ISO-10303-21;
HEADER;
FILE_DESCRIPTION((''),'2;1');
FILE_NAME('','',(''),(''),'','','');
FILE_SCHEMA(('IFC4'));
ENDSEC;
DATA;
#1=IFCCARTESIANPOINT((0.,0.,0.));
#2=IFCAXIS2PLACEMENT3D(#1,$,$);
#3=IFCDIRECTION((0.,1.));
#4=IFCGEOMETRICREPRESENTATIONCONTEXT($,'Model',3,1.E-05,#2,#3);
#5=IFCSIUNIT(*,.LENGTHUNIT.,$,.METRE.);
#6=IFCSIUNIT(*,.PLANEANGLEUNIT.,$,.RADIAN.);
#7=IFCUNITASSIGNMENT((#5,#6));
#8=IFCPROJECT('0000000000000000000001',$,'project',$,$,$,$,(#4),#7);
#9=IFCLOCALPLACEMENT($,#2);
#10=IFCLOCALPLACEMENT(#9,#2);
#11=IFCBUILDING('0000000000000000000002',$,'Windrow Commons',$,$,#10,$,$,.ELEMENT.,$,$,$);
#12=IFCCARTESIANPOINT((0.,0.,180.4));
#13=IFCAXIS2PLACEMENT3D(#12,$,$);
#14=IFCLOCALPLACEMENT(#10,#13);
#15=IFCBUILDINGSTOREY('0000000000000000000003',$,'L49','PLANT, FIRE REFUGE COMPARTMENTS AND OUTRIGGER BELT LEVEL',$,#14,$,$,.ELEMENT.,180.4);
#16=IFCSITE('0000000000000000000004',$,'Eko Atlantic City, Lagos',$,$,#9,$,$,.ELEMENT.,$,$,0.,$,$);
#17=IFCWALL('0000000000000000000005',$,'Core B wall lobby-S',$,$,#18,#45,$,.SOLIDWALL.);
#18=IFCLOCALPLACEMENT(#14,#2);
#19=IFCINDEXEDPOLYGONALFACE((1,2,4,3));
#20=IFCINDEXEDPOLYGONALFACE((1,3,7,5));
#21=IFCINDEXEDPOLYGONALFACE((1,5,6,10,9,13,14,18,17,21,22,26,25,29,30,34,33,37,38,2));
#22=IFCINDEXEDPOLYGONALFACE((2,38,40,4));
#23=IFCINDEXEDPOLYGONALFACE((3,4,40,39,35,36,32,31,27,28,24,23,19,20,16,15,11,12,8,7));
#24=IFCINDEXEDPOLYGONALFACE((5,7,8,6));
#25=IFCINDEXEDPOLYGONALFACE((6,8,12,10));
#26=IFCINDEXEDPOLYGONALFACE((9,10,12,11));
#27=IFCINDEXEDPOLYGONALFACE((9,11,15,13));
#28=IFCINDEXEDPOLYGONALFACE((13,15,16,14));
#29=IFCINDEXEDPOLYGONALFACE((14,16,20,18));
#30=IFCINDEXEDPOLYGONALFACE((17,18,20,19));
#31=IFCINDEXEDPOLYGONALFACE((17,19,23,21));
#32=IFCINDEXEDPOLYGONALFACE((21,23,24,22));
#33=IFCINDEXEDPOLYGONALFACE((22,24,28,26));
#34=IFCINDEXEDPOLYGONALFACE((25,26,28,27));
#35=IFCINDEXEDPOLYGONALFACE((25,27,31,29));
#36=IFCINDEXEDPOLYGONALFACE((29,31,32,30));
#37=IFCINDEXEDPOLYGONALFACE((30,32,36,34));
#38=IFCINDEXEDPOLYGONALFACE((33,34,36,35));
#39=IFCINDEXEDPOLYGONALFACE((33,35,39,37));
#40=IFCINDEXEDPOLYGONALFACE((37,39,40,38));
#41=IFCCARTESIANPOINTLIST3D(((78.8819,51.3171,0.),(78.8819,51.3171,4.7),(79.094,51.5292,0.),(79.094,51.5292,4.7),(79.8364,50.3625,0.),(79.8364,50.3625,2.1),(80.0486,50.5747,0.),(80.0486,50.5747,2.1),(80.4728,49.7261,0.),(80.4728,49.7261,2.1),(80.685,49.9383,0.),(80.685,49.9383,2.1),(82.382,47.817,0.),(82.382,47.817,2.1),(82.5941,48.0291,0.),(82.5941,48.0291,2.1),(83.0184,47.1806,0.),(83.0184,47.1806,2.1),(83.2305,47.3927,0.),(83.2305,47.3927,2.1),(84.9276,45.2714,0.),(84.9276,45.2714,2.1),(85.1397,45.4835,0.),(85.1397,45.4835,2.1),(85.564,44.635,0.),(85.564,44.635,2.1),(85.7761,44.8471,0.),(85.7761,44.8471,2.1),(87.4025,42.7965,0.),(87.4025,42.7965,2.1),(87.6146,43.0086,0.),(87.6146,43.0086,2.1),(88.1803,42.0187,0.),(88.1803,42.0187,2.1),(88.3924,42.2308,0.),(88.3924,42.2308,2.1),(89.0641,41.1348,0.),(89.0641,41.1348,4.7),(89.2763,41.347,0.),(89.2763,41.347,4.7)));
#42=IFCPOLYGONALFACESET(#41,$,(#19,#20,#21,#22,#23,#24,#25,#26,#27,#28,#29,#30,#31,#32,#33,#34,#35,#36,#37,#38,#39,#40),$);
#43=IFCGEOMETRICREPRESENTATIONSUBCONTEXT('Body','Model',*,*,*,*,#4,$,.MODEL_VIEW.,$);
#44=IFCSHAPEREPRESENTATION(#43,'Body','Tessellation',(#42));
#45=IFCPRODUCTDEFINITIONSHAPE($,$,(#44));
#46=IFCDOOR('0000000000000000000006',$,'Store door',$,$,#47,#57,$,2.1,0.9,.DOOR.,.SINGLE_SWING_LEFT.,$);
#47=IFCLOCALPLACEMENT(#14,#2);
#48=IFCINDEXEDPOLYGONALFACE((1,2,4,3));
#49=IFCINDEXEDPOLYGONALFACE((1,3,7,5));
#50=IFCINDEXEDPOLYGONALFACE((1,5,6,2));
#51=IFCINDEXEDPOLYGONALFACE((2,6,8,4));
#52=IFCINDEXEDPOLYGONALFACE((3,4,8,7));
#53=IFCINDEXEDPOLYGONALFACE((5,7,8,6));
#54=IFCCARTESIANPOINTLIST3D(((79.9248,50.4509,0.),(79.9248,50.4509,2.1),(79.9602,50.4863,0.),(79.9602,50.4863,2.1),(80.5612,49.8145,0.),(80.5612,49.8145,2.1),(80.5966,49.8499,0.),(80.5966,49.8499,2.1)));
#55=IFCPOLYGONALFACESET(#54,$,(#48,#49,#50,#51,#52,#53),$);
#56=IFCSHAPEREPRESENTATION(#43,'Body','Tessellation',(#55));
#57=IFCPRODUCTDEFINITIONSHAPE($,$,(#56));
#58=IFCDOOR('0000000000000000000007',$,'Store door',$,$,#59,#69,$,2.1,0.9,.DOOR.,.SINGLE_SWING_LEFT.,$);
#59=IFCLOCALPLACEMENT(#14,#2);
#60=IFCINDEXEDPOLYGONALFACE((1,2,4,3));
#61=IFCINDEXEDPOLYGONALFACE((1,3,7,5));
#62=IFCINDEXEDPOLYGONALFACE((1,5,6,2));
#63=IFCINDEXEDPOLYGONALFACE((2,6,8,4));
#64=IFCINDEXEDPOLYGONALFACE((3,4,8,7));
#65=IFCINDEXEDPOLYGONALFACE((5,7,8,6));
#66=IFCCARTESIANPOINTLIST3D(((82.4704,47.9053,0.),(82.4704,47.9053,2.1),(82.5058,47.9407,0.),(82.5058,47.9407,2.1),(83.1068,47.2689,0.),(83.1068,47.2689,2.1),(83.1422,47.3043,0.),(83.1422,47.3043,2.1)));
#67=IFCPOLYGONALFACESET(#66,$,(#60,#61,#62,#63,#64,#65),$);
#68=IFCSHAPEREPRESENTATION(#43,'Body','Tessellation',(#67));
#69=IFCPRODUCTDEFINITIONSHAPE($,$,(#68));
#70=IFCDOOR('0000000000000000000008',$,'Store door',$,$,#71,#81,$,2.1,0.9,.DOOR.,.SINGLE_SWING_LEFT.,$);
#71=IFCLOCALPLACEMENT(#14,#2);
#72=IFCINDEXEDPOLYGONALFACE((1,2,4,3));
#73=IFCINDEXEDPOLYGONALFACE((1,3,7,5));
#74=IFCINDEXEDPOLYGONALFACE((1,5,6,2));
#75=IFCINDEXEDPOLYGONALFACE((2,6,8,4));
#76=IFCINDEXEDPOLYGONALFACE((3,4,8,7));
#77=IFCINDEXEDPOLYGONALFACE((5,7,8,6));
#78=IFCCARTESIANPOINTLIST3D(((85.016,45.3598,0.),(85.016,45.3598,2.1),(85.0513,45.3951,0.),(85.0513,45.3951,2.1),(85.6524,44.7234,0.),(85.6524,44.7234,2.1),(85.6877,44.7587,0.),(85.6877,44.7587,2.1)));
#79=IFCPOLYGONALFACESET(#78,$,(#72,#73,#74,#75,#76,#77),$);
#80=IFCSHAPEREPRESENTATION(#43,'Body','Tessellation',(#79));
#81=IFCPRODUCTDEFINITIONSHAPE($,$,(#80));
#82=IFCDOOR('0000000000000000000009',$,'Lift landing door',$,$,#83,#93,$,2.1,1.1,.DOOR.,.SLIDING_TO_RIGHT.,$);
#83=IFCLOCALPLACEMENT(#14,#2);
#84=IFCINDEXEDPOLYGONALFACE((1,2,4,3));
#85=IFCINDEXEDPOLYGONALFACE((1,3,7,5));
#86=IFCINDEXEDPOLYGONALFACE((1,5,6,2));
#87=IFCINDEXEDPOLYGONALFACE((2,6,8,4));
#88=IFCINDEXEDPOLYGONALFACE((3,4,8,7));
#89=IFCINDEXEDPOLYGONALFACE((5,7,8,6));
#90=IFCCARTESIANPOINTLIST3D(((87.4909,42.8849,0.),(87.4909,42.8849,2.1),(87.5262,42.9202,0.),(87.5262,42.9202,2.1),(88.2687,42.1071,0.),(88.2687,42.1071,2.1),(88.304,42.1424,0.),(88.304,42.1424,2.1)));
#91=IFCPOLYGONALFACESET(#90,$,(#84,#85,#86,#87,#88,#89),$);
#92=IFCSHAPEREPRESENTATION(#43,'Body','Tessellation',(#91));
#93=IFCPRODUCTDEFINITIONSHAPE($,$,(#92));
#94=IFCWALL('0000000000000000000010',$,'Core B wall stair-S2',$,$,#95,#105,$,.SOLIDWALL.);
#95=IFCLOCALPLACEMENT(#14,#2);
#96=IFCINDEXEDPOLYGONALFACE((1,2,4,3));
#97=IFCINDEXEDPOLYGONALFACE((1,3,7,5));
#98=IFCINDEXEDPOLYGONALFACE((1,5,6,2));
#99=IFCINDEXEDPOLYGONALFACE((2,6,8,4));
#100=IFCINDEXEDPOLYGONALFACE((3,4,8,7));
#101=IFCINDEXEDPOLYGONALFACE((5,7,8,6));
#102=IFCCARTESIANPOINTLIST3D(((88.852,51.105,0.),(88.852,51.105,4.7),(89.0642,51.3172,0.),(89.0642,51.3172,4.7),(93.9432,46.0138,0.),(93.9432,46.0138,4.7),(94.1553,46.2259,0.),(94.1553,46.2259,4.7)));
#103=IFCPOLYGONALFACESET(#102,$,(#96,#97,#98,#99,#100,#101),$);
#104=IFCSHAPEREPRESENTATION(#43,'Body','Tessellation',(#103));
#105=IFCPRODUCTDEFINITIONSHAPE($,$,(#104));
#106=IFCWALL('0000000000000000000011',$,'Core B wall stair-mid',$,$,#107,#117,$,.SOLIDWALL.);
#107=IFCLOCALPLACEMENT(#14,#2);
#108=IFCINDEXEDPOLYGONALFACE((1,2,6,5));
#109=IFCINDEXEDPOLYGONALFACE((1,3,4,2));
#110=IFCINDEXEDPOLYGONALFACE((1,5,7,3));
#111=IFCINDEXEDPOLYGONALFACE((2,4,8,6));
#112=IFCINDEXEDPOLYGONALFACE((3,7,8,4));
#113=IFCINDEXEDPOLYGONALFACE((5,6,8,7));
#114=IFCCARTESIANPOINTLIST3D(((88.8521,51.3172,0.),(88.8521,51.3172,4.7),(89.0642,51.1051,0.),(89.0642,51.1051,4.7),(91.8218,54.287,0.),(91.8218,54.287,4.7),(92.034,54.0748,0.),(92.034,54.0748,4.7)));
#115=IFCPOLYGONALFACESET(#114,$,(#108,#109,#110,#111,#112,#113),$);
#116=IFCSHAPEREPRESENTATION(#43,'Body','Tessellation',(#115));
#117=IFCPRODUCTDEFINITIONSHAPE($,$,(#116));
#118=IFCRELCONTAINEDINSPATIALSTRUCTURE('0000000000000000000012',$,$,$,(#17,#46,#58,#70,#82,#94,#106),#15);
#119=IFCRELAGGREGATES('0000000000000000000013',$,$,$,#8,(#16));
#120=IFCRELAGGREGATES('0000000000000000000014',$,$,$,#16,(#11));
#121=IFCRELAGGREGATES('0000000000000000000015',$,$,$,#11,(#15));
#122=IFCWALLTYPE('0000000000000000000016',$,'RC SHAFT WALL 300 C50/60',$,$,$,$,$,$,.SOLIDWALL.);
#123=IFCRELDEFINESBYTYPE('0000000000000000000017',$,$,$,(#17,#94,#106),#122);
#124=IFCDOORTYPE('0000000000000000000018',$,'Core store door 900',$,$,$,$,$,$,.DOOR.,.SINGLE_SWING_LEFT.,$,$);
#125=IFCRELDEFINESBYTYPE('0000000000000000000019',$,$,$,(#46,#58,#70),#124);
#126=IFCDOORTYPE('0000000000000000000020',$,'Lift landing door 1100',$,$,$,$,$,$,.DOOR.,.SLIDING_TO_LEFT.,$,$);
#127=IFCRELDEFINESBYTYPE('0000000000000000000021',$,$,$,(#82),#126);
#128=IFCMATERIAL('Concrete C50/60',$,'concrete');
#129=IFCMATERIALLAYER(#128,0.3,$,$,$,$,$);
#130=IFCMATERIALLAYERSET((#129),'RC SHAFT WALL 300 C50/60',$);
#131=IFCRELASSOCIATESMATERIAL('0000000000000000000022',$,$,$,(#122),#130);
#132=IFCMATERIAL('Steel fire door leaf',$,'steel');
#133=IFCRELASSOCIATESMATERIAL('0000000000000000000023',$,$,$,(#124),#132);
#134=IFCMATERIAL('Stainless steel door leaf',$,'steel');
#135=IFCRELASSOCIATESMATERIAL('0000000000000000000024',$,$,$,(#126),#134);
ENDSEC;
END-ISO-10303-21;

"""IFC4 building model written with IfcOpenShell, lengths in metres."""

from ifc_helpers import new_model, si_unit, direction, frame, frame_2d, origin, place, context, subcontext, project, spatial, rectangle, extrude, material, layer, layer_set, type_object, element, fill, save


model = new_model("IFC4")

# Units and contexts
model_context = context("Model", 3, precision=1e-05, world=origin(), true_north=direction((0.0, 1.0)))
body_context = subcontext(model_context, "Body", "Model", "MODEL_VIEW")
ifc_project = project(units=[si_unit("LENGTHUNIT", "METRE"), si_unit("PLANEANGLEUNIT", "RADIAN")], contexts=[model_context])

# Site, building, storey
site_placement = place(None, origin())
site = spatial("IfcSite", under=ifc_project, at=site_placement, Name="Eko Atlantic City, Lagos", CompositionType="ELEMENT", RefElevation=0.0)
building_placement = place(site_placement, origin())
building = spatial("IfcBuilding", under=site, at=building_placement, Name="Windrow Commons", CompositionType="ELEMENT")
storey_placement = place(building_placement, frame((0.0, 0.0, 180.4)))
storey = spatial("IfcBuildingStorey", under=building, at=storey_placement, Name="L49", Description="PLANT, FIRE REFUGE COMPARTMENTS AND OUTRIGGER BELT LEVEL", CompositionType="ELEMENT", Elevation=180.4)

# Shared definitions
ifc_material_1 = material(Name="Concrete C50/60", Category="concrete")
ifc_layer_1 = layer(ifc_material_1, 0.3)
ifc_layer_set_1 = layer_set([ifc_layer_1], Name="RC SHAFT WALL 300 C50/60")
wall_type_1 = type_object("IfcWallType", Name="RC SHAFT WALL 300 C50/60", PredefinedType="SOLIDWALL", material=ifc_layer_set_1)

# Wall, openings, doors
wall_1_placement = place(storey_placement, frame((78.9879, 51.4232, 0.0), z_axis=(0.0, 0.0, 1.0), x_axis=(0.707107, -0.707107, 0.0)))
wall_1 = element("IfcWall", 1, at=wall_1_placement, inside=storey, type_object=wall_type_1, Name="Core B wall lobby-S", PredefinedType="SOLIDWALL", context=body_context, shape_type="SweptSolid", body=[
    extrude(rectangle(XDim=14.3999, YDim=0.3, at=frame_2d((7.2, 0.0))), origin(), (0.0, 0.0, 1.0), 4.7),
])
opening_1_placement = place(wall_1_placement, frame((1.35, 0.0, 0.0)))
opening_1 = element("IfcOpeningElement", 2, at=opening_1_placement, cuts=wall_1, PredefinedType="OPENING", context=body_context, shape_type="SweptSolid", body=[
    extrude(rectangle(XDim=0.9, YDim=2.1, at=frame_2d((0.45, 1.05))), frame((0.0, 0.16, 0.0), z_axis=(0.0, -1.0, 0.0), x_axis=(1.0, 0.0, 0.0)), (0.0, 0.0, 1.0), 0.32),
])
opening_2_placement = place(wall_1_placement, frame((4.95, 0.0, 0.0)))
opening_2 = element("IfcOpeningElement", 3, at=opening_2_placement, cuts=wall_1, PredefinedType="OPENING", context=body_context, shape_type="SweptSolid", body=[
    extrude(rectangle(XDim=0.9, YDim=2.1, at=frame_2d((0.45, 1.05))), frame((0.0, 0.16, 0.0), z_axis=(0.0, -1.0, 0.0), x_axis=(1.0, 0.0, 0.0)), (0.0, 0.0, 1.0), 0.32),
])
opening_3_placement = place(wall_1_placement, frame((8.55, 0.0, 0.0)))
opening_3 = element("IfcOpeningElement", 4, at=opening_3_placement, cuts=wall_1, PredefinedType="OPENING", context=body_context, shape_type="SweptSolid", body=[
    extrude(rectangle(XDim=0.9, YDim=2.1, at=frame_2d((0.45, 1.05))), frame((0.0, 0.16, 0.0), z_axis=(0.0, -1.0, 0.0), x_axis=(1.0, 0.0, 0.0)), (0.0, 0.0, 1.0), 0.32),
])
opening_4_placement = place(wall_1_placement, frame((12.05, 0.0, 0.0)))
opening_4 = element("IfcOpeningElement", 5, at=opening_4_placement, cuts=wall_1, PredefinedType="OPENING", context=body_context, shape_type="SweptSolid", body=[
    extrude(rectangle(XDim=1.1, YDim=2.1, at=frame_2d((0.55, 1.05))), frame((0.0, 0.16, 0.0), z_axis=(0.0, -1.0, 0.0), x_axis=(1.0, 0.0, 0.0)), (0.0, 0.0, 1.0), 0.32),
])
ifc_material_2 = material(Name="Steel fire door leaf", Category="steel")
door_type_1 = type_object("IfcDoorType", Name="Core store door 900", OperationType="SINGLE_SWING_LEFT", PredefinedType="DOOR", material=ifc_material_2)
door_1_placement = place(opening_1_placement, origin())
door_1 = element("IfcDoor", 6, at=door_1_placement, inside=storey, type_object=door_type_1, Name="Store door", OperationType="SINGLE_SWING_LEFT", OverallHeight=2.1, OverallWidth=0.9, PredefinedType="DOOR", context=body_context, shape_type="SweptSolid", body=[
    extrude(rectangle(XDim=0.9, YDim=2.1, at=frame_2d((0.45, 1.05))), frame((0.0, 0.025, 0.0), z_axis=(0.0, -1.0, 0.0), x_axis=(1.0, 0.0, 0.0)), (0.0, 0.0, 1.0), 0.05),
])
fill(opening_1, door_1)
door_2_placement = place(opening_2_placement, origin())
door_2 = element("IfcDoor", 7, at=door_2_placement, inside=storey, type_object=door_type_1, Name="Store door", OperationType="SINGLE_SWING_LEFT", OverallHeight=2.1, OverallWidth=0.9, PredefinedType="DOOR", context=body_context, shape_type="SweptSolid", body=[
    extrude(rectangle(XDim=0.9, YDim=2.1, at=frame_2d((0.45, 1.05))), frame((0.0, 0.025, 0.0), z_axis=(0.0, -1.0, 0.0), x_axis=(1.0, 0.0, 0.0)), (0.0, 0.0, 1.0), 0.05),
])
fill(opening_2, door_2)
door_3_placement = place(opening_3_placement, origin())
door_3 = element("IfcDoor", 8, at=door_3_placement, inside=storey, type_object=door_type_1, Name="Store door", OperationType="SINGLE_SWING_LEFT", OverallHeight=2.1, OverallWidth=0.9, PredefinedType="DOOR", context=body_context, shape_type="SweptSolid", body=[
    extrude(rectangle(XDim=0.9, YDim=2.1, at=frame_2d((0.45, 1.05))), frame((0.0, 0.025, 0.0), z_axis=(0.0, -1.0, 0.0), x_axis=(1.0, 0.0, 0.0)), (0.0, 0.0, 1.0), 0.05),
])
fill(opening_3, door_3)
ifc_material_3 = material(Name="Stainless steel door leaf", Category="steel")
door_type_2 = type_object("IfcDoorType", Name="Lift landing door 1100", OperationType="SLIDING_TO_LEFT", PredefinedType="DOOR", material=ifc_material_3)
door_4_placement = place(opening_4_placement, origin())
door_4 = element("IfcDoor", 9, at=door_4_placement, inside=storey, type_object=door_type_2, Name="Lift landing door", OperationType="SLIDING_TO_RIGHT", OverallHeight=2.1, OverallWidth=1.1, PredefinedType="DOOR", context=body_context, shape_type="SweptSolid", body=[
    extrude(rectangle(XDim=1.1, YDim=2.1, at=frame_2d((0.55, 1.05))), frame((0.0, 0.025, 0.0), z_axis=(0.0, -1.0, 0.0), x_axis=(1.0, 0.0, 0.0)), (0.0, 0.0, 1.0), 0.05),
])
fill(opening_4, door_4)

# Walls
wall_2_placement = place(storey_placement, frame((88.9581, 51.2111, 0.0), z_axis=(0.0, 0.0, 1.0), x_axis=(0.7071, -0.707114, 0.0)))
element("IfcWall", 10, at=wall_2_placement, inside=storey, type_object=wall_type_1, Name="Core B wall stair-S2", PredefinedType="SOLIDWALL", context=body_context, shape_type="SweptSolid", body=[
    extrude(rectangle(XDim=7.2, YDim=0.3, at=frame_2d((3.6, 0.0))), origin(), (0.0, 0.0, 1.0), 4.7),
])
wall_3_placement = place(storey_placement, frame((88.9581, 51.2111, 0.0), z_axis=(0.0, 0.0, 1.0), x_axis=(0.707107, 0.707107, 0.0)))
element("IfcWall", 11, at=wall_3_placement, inside=storey, type_object=wall_type_1, Name="Core B wall stair-mid", PredefinedType="SOLIDWALL", context=body_context, shape_type="SweptSolid", body=[
    extrude(rectangle(XDim=4.1999, YDim=0.3, at=frame_2d((2.1, 0.0))), origin(), (0.0, 0.0, 1.0), 4.7),
])

save(model, "model.ifc")
